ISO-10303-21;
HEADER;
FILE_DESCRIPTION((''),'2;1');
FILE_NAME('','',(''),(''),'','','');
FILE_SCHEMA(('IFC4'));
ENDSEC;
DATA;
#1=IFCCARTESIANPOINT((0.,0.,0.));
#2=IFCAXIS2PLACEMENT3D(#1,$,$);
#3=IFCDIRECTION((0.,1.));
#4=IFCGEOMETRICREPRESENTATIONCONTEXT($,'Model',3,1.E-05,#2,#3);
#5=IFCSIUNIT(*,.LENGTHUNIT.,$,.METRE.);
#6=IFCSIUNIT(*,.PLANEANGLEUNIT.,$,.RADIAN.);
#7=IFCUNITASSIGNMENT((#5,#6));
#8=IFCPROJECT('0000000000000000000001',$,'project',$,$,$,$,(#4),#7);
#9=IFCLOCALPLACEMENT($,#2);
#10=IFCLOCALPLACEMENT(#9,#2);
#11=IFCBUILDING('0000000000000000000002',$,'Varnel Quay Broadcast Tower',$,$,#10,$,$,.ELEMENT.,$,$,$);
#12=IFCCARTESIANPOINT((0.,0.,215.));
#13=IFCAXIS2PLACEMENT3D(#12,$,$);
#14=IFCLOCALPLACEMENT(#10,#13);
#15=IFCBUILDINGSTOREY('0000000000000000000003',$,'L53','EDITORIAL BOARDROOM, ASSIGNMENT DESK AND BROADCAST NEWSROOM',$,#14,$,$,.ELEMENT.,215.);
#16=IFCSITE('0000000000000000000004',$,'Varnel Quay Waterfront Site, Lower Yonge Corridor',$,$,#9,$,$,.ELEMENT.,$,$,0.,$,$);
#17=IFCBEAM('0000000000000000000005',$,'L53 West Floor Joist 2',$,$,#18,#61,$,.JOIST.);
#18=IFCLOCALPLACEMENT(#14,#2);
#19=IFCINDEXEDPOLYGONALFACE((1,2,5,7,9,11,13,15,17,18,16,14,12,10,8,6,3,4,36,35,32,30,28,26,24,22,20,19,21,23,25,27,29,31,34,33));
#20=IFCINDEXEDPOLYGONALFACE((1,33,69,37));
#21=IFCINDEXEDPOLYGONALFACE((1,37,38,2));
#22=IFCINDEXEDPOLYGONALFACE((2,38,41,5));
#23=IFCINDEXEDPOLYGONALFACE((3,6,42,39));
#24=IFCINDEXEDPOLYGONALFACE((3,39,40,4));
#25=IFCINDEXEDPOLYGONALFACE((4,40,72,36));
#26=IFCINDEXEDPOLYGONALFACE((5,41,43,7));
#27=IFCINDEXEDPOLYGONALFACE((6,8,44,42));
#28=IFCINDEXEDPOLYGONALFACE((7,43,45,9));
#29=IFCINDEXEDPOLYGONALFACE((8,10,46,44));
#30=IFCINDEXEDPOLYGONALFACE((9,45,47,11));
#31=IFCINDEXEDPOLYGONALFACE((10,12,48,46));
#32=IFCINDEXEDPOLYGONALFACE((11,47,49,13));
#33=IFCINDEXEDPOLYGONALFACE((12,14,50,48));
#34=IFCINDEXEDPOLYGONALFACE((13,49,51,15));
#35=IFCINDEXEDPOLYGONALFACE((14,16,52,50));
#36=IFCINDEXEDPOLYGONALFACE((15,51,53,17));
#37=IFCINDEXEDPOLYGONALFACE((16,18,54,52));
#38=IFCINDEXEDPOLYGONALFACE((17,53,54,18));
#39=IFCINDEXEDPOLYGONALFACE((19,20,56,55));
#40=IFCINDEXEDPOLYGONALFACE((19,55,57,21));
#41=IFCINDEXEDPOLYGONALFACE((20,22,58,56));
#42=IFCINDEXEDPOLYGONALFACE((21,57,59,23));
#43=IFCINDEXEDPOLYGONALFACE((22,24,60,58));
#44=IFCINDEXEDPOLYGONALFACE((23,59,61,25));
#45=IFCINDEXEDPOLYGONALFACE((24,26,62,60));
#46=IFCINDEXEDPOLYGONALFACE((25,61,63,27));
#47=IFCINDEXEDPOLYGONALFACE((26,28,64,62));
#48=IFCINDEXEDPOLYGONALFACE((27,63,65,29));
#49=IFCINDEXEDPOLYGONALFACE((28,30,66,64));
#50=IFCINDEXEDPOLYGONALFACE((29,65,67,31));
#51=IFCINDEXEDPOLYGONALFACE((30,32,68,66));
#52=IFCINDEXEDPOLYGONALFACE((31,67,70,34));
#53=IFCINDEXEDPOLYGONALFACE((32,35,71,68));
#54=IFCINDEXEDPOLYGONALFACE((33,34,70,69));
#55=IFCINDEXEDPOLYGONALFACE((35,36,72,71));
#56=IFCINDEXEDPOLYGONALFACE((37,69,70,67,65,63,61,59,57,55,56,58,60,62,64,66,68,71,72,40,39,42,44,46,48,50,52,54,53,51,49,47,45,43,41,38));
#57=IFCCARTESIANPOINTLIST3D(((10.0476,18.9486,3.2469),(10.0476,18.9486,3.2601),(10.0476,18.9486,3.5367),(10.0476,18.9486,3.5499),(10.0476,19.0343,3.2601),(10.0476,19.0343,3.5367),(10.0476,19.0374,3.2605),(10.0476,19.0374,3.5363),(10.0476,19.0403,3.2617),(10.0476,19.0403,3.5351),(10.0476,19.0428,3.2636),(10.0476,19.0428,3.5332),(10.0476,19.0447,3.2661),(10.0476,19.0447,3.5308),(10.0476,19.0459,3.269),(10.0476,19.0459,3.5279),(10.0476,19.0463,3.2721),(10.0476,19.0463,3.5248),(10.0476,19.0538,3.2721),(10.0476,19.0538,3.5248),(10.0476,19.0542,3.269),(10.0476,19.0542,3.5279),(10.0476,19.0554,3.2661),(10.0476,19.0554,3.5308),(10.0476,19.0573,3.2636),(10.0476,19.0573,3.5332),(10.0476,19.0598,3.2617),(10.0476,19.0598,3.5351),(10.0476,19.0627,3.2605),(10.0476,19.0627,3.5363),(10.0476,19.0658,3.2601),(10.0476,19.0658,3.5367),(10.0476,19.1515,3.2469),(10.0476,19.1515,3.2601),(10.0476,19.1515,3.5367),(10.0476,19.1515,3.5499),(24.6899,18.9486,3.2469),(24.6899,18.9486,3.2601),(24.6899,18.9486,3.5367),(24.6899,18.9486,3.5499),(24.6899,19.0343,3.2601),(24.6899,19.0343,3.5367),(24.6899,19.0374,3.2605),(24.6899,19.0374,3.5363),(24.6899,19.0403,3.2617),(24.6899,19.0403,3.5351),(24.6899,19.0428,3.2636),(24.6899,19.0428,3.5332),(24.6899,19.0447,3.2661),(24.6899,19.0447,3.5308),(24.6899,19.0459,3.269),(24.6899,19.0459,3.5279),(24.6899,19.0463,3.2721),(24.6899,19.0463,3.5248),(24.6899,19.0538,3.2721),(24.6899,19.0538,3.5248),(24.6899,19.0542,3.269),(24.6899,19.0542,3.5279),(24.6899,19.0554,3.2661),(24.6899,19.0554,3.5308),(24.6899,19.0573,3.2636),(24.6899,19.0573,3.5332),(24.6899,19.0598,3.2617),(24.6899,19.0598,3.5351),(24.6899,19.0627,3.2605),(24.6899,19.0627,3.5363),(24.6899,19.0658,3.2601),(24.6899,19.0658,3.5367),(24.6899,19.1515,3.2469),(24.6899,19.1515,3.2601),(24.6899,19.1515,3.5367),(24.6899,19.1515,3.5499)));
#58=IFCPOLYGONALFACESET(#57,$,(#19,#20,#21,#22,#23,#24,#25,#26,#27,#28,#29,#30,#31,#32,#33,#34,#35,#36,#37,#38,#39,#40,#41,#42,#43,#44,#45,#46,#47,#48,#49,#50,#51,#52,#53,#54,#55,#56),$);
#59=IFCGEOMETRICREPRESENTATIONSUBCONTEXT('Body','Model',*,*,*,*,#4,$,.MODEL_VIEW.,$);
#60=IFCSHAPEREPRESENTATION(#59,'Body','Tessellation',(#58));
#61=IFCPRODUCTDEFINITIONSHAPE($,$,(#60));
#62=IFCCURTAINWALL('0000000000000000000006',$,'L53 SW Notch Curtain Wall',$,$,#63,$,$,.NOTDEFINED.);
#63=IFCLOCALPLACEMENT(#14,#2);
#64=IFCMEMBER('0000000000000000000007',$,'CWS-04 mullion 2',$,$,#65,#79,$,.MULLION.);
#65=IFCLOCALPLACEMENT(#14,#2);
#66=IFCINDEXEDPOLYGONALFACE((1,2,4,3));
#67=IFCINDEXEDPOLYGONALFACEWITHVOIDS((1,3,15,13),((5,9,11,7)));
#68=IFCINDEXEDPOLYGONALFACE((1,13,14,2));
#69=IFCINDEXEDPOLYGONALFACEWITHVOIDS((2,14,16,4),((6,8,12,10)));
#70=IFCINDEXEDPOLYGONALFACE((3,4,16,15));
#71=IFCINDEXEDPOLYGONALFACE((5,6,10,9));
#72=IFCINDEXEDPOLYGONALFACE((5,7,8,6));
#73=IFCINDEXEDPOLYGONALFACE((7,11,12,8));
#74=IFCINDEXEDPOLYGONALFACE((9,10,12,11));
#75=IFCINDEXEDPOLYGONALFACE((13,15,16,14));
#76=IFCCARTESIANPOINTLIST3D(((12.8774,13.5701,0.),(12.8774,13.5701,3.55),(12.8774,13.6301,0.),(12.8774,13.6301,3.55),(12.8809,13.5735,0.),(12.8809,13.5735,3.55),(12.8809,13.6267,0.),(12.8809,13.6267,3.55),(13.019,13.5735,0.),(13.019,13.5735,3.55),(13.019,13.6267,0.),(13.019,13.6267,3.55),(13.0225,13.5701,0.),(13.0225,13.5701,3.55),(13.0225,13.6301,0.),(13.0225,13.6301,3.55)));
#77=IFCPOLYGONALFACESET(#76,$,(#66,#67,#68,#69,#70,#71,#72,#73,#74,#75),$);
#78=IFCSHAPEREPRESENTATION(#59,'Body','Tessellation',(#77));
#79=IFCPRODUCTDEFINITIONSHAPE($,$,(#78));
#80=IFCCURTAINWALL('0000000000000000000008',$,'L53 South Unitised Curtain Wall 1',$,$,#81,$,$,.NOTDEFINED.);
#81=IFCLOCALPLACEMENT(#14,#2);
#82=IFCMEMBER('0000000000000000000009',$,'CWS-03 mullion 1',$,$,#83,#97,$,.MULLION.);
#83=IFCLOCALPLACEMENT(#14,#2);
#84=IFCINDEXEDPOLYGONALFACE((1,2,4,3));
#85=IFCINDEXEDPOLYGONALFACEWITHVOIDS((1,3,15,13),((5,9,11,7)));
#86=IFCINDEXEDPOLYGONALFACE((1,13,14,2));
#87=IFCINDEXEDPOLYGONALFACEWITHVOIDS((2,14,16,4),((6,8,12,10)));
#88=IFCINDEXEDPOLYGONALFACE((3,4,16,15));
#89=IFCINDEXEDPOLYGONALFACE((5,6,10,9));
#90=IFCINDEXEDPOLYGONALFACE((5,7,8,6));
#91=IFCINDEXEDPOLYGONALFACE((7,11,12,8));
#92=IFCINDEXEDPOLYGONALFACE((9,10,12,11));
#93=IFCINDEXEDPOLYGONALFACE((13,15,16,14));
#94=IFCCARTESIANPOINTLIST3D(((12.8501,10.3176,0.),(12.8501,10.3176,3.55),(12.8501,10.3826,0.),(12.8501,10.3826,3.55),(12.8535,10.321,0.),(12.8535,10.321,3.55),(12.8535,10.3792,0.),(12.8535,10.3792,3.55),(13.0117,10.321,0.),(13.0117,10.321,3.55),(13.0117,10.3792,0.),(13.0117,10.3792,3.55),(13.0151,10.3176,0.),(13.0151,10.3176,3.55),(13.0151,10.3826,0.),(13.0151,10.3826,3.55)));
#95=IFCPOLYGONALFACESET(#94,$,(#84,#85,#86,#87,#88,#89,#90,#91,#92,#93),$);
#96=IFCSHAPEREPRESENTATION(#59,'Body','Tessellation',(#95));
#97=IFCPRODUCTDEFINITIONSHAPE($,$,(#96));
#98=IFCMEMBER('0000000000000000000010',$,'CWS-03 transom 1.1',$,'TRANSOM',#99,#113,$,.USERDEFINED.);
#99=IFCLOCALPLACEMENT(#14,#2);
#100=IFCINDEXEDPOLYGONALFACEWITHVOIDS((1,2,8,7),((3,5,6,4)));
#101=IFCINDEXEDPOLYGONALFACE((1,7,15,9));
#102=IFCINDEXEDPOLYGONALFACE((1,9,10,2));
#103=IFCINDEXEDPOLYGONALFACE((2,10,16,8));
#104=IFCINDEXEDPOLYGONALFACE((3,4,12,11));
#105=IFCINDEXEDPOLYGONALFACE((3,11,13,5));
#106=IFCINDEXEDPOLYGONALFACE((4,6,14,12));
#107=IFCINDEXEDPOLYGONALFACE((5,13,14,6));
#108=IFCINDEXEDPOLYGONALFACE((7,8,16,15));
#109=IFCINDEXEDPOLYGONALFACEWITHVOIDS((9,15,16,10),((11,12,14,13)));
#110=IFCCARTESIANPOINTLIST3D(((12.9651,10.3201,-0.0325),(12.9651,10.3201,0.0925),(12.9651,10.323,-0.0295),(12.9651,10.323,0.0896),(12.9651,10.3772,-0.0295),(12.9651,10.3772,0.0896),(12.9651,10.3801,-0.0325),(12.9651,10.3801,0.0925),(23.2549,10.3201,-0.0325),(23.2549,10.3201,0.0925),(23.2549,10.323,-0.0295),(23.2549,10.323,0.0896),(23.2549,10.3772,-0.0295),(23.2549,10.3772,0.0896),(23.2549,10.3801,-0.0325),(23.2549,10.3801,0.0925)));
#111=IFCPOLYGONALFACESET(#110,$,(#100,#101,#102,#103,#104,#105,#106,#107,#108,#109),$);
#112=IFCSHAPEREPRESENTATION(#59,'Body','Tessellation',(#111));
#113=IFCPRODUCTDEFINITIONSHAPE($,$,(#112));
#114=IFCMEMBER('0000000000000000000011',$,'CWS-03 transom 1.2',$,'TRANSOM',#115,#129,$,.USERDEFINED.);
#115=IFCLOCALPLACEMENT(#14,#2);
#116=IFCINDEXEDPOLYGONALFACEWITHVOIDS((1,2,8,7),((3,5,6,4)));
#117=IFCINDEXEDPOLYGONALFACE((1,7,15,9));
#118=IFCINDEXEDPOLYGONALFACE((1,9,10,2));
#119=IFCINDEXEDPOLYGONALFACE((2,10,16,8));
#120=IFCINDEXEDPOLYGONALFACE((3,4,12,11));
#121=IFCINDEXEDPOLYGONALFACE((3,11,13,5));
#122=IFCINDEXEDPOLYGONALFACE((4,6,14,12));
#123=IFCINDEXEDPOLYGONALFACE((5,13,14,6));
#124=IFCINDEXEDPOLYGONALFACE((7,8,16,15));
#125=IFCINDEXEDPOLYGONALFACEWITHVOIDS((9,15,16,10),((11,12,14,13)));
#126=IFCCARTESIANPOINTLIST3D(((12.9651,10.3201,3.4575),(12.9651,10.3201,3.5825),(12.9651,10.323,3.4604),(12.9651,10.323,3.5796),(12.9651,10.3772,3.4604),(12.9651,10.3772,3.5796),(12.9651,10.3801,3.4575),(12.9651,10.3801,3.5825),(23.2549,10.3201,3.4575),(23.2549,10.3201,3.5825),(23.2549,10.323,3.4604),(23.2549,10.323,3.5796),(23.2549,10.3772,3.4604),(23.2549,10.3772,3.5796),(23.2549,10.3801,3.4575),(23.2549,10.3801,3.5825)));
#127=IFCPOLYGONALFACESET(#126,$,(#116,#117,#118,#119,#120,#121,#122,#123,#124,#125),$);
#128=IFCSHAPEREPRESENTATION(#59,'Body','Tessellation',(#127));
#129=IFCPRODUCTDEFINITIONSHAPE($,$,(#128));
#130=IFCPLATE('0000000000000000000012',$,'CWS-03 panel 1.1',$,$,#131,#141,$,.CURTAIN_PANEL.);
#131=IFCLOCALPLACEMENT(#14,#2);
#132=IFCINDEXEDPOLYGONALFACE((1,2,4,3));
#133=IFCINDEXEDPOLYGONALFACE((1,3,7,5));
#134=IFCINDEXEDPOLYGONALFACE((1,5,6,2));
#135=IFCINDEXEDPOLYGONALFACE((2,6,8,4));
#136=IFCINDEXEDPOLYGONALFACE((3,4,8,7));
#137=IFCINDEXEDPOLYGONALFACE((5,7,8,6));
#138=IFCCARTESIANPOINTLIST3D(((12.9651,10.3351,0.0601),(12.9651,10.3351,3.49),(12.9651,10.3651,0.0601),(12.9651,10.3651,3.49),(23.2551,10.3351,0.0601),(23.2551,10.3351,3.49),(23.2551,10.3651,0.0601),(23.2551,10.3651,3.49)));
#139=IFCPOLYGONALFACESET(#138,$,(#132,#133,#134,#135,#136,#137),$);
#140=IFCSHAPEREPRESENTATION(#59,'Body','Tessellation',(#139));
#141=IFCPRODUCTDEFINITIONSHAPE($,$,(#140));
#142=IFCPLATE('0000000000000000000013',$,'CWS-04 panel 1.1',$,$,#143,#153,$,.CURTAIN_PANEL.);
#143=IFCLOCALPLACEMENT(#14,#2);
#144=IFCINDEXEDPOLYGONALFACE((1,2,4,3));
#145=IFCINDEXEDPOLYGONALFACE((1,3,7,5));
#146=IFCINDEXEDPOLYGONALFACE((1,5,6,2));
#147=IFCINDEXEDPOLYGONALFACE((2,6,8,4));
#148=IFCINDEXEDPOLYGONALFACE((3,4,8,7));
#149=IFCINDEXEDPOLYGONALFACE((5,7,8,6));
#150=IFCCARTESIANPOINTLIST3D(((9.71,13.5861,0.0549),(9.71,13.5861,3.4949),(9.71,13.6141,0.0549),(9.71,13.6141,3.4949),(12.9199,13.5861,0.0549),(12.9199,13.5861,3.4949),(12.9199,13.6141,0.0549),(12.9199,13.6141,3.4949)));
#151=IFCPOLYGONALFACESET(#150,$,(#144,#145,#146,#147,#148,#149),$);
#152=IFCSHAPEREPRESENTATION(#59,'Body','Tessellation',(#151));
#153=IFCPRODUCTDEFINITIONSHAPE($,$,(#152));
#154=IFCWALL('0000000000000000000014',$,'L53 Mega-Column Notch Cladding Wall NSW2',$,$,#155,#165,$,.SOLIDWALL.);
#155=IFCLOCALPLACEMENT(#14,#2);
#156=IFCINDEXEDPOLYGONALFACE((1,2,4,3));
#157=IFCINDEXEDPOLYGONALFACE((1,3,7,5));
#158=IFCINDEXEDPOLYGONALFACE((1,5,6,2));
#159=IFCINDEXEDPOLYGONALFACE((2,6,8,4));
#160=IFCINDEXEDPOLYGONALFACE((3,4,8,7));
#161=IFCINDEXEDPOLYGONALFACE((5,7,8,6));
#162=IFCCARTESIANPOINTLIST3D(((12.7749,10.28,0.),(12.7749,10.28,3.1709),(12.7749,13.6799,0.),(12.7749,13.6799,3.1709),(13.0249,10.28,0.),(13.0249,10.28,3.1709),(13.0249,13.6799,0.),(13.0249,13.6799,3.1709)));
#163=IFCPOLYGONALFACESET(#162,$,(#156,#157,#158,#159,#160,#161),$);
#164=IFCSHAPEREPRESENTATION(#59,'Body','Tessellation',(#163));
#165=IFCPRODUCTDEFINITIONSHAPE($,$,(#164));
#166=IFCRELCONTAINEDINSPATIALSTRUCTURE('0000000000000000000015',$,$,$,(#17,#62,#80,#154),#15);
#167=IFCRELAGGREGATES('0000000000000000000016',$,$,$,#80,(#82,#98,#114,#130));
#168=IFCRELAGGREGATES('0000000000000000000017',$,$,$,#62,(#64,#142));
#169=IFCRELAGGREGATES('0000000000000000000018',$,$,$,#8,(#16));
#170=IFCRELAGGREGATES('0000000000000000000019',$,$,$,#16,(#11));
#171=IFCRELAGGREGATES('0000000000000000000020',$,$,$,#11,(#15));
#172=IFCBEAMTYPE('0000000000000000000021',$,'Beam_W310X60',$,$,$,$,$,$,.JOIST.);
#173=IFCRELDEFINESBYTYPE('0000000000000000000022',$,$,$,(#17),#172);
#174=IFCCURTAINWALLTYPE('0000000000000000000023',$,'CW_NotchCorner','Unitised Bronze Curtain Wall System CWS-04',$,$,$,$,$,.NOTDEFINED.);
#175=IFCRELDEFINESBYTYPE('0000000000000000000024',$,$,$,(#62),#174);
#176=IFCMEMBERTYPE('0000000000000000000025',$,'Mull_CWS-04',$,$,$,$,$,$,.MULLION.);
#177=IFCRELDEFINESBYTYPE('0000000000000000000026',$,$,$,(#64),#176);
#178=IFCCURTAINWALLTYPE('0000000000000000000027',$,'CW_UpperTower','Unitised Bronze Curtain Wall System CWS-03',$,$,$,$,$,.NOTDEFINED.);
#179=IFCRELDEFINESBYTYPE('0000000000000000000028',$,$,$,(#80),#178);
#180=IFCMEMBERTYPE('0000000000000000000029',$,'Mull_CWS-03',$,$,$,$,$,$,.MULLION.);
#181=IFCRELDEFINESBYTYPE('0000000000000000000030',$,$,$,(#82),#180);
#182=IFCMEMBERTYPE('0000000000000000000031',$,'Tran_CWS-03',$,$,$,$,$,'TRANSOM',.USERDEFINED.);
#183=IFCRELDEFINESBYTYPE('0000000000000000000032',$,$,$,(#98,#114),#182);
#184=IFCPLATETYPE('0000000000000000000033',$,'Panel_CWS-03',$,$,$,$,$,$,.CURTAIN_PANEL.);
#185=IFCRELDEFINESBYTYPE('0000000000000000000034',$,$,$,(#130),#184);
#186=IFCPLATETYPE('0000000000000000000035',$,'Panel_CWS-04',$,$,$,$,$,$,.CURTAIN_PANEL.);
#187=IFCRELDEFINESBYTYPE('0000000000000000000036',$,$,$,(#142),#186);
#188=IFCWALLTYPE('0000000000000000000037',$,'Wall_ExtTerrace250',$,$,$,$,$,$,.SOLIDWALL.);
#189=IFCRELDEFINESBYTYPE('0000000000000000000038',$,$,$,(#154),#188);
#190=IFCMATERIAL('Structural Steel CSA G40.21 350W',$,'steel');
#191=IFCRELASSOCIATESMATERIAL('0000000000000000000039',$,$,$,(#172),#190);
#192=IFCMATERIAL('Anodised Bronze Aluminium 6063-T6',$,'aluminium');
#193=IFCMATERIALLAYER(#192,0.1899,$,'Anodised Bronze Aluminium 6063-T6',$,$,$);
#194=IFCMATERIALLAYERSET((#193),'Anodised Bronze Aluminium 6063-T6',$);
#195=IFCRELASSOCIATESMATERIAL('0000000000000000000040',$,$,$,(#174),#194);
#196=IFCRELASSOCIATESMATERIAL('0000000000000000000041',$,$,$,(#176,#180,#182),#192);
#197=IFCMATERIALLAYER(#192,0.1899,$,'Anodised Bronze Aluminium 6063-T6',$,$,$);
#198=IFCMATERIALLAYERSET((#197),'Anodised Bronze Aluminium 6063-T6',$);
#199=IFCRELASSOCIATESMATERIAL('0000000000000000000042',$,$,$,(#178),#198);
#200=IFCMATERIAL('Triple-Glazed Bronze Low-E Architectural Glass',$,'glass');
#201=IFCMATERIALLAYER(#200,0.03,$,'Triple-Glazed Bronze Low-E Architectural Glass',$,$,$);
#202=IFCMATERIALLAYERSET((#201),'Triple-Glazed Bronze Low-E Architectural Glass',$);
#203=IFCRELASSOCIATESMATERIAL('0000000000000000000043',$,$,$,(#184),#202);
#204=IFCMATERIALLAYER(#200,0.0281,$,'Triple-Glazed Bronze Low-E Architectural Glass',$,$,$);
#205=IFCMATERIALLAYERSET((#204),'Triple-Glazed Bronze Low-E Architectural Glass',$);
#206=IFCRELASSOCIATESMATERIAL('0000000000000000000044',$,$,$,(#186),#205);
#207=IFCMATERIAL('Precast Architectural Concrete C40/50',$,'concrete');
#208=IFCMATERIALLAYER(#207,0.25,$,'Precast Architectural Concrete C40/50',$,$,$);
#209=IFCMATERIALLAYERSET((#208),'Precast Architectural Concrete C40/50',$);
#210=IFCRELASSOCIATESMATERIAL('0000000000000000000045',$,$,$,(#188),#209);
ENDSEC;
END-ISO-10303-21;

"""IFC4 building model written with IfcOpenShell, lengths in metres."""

from ifc_helpers import new_model, si_unit, direction, frame, frame_2d, origin, origin_2d, place, context, subcontext, project, spatial, rectangle, hollow_rectangle, i_section, extrude, source, transform, mapped, material, layer, layer_set, material_profile, profile_set, type_object, type_shapes, element, aggregate, save


model = new_model("IFC4")

# Units and contexts
model_context = context("Model", 3, precision=1e-05, world=origin(), true_north=direction((0.0, 1.0)))
body_context = subcontext(model_context, "Body", "Model", "MODEL_VIEW")
ifc_project = project(units=[si_unit("LENGTHUNIT", "METRE"), si_unit("PLANEANGLEUNIT", "RADIAN")], contexts=[model_context])

# Site, building, storey
site_placement = place(None, origin())
site = spatial("IfcSite", under=ifc_project, at=site_placement, Name="Varnel Quay Waterfront Site, Lower Yonge Corridor", CompositionType="ELEMENT", RefElevation=0.0)
building_placement = place(site_placement, origin())
building = spatial("IfcBuilding", under=site, at=building_placement, Name="Varnel Quay Broadcast Tower", CompositionType="ELEMENT")
storey_placement = place(building_placement, frame((0.0, 0.0, 215.0)))
storey = spatial("IfcBuildingStorey", under=building, at=storey_placement, Name="L53", Description="EDITORIAL BOARDROOM, ASSIGNMENT DESK AND BROADCAST NEWSROOM", CompositionType="ELEMENT", Elevation=215.0)

# Beam
ifc_material_1 = material(Name="Structural Steel CSA G40.21 350W", Category="steel")
ifc_material_profile_1 = material_profile(ifc_material_1, i_section(OverallWidth=0.2029, OverallDepth=0.303, WebThickness=0.0076, FlangeThickness=0.0132, FilletRadius=0.012, at=origin_2d()), Name="W310X60")
ifc_profile_set_1 = profile_set([ifc_material_profile_1], Name="Structural Steel CSA G40.21 350W")
beam_type_1 = type_object("IfcBeamType", Name="Beam_W310X60", PredefinedType="JOIST", material=ifc_profile_set_1)
shared_shape_1 = source(origin(), body_context, "Body", "SweptSolid", [
    extrude(i_section(OverallWidth=0.2029, OverallDepth=0.303, WebThickness=0.0076, FlangeThickness=0.0132, FilletRadius=0.012, at=origin_2d()), origin(), (0.0, 0.0, 1.0), 14.6423),
])
type_shapes(beam_type_1, [shared_shape_1])
beam_1_placement = place(storey_placement, frame((10.0476, 19.05, 3.3984), z_axis=(1.0, 0.0, 0.0), x_axis=(0.0, 1.0, 0.0)))
element("IfcBeam", 1, at=beam_1_placement, inside=storey, type_object=beam_type_1, Name="L53 West Floor Joist 2", PredefinedType="JOIST", context=body_context, shape_type="MappedRepresentation", body=[
    mapped(shared_shape_1, transform((0.0, 0.0, 0.0), x_axis=(1.0, 0.0, 0.0), y_axis=(0.0, 1.0, 0.0), z_axis=(0.0, 0.0, 1.0), scale=1.0)),
])

# Curtain wall, member
ifc_material_2 = material(Name="Anodised Bronze Aluminium 6063-T6", Category="aluminium")
ifc_layer_1 = layer(ifc_material_2, 0.1899, Name="Anodised Bronze Aluminium 6063-T6")
ifc_layer_set_1 = layer_set([ifc_layer_1], Name="Anodised Bronze Aluminium 6063-T6")
curtain_wall_type_1 = type_object("IfcCurtainWallType", Name="CW_NotchCorner", Description="Unitised Bronze Curtain Wall System CWS-04", PredefinedType="NOTDEFINED", material=ifc_layer_set_1)
curtain_wall_1_placement = place(storey_placement, origin())
curtain_wall_1 = element("IfcCurtainWall", 2, at=curtain_wall_1_placement, inside=storey, type_object=curtain_wall_type_1, Name="L53 SW Notch Curtain Wall", PredefinedType="NOTDEFINED")
ifc_material_profile_2 = material_profile(ifc_material_2, hollow_rectangle(XDim=0.0601, YDim=0.145, WallThickness=0.0034, at=origin_2d()), Name="ALU60X145X3.5")
ifc_profile_set_2 = profile_set([ifc_material_profile_2], Name="Anodised Bronze Aluminium 6063-T6")
member_type_1 = type_object("IfcMemberType", Name="Mull_CWS-04", PredefinedType="MULLION", material=ifc_profile_set_2)
shared_shape_2 = source(origin(), body_context, "Body", "SweptSolid", [
    extrude(hollow_rectangle(XDim=0.0601, YDim=0.145, WallThickness=0.0034, at=origin_2d()), origin(), (0.0, 0.0, 1.0), 3.55),
])
type_shapes(member_type_1, [shared_shape_2])
member_1_placement = place(storey_placement, frame((12.95, 13.6001, 0.0), z_axis=(0.0, 0.0, 1.0), x_axis=(0.0, 1.0, 0.0)))
member_1 = element("IfcMember", 3, at=member_1_placement, type_object=member_type_1, Name="CWS-04 mullion 2", PredefinedType="MULLION", context=body_context, shape_type="MappedRepresentation", body=[
    mapped(shared_shape_2, transform((0.0, 0.0, 0.0), x_axis=(1.0, 0.0, 0.0), y_axis=(0.0, 1.0, 0.0), z_axis=(0.0, 0.0, 1.0), scale=1.0)),
])

# Curtain wall, members, plate
ifc_layer_2 = layer(ifc_material_2, 0.1899, Name="Anodised Bronze Aluminium 6063-T6")
ifc_layer_set_2 = layer_set([ifc_layer_2], Name="Anodised Bronze Aluminium 6063-T6")
curtain_wall_type_2 = type_object("IfcCurtainWallType", Name="CW_UpperTower", Description="Unitised Bronze Curtain Wall System CWS-03", PredefinedType="NOTDEFINED", material=ifc_layer_set_2)
curtain_wall_2_placement = place(storey_placement, origin())
curtain_wall_2 = element("IfcCurtainWall", 4, at=curtain_wall_2_placement, inside=storey, type_object=curtain_wall_type_2, Name="L53 South Unitised Curtain Wall 1", PredefinedType="NOTDEFINED")
ifc_material_profile_3 = material_profile(ifc_material_2, hollow_rectangle(XDim=0.0649, YDim=0.165, WallThickness=0.0034, at=origin_2d()), Name="ALU65X165X3.5")
ifc_profile_set_3 = profile_set([ifc_material_profile_3], Name="Anodised Bronze Aluminium 6063-T6")
member_type_2 = type_object("IfcMemberType", Name="Mull_CWS-03", PredefinedType="MULLION", material=ifc_profile_set_3)
shared_shape_3 = source(origin(), body_context, "Body", "SweptSolid", [
    extrude(hollow_rectangle(XDim=0.0649, YDim=0.165, WallThickness=0.0034, at=origin_2d()), origin(), (0.0, 0.0, 1.0), 3.55),
])
type_shapes(member_type_2, [shared_shape_3])
member_2_placement = place(storey_placement, frame((12.9326, 10.3501, 0.0), z_axis=(0.0, 0.0, 1.0), x_axis=(0.0, 1.0, 0.0)))
member_2 = element("IfcMember", 5, at=member_2_placement, type_object=member_type_2, Name="CWS-03 mullion 1", PredefinedType="MULLION", context=body_context, shape_type="MappedRepresentation", body=[
    mapped(shared_shape_3, transform((0.0, 0.0, 0.0), x_axis=(1.0, 0.0, 0.0), y_axis=(0.0, 1.0, 0.0), z_axis=(0.0, 0.0, 1.0), scale=1.0)),
])
ifc_material_profile_4 = material_profile(ifc_material_2, hollow_rectangle(XDim=0.0601, YDim=0.125, WallThickness=0.0029, at=origin_2d()), Name="ALU60X125X3")
ifc_profile_set_4 = profile_set([ifc_material_profile_4], Name="Anodised Bronze Aluminium 6063-T6")
member_type_3 = type_object("IfcMemberType", Name="Tran_CWS-03", ElementType="TRANSOM", PredefinedType="USERDEFINED", material=ifc_profile_set_4)
shared_shape_4 = source(origin(), body_context, "Body", "SweptSolid", [
    extrude(hollow_rectangle(XDim=0.0601, YDim=0.125, WallThickness=0.0029, at=origin_2d()), origin(), (0.0, 0.0, 1.0), 10.2898),
])
type_shapes(member_type_3, [shared_shape_4])
member_3_placement = place(storey_placement, frame((12.9651, 10.3501, 0.03), z_axis=(1.0, 0.0, 0.0), x_axis=(0.0, 1.0, 0.0)))
member_3 = element("IfcMember", 6, at=member_3_placement, type_object=member_type_3, Name="CWS-03 transom 1.1", ObjectType="TRANSOM", PredefinedType="USERDEFINED", context=body_context, shape_type="MappedRepresentation", body=[
    mapped(shared_shape_4, transform((0.0, 0.0, 0.0), x_axis=(1.0, 0.0, 0.0), y_axis=(0.0, 1.0, 0.0), z_axis=(0.0, 0.0, 1.0), scale=1.0)),
])
member_4_placement = place(storey_placement, frame((12.9651, 10.3501, 3.52), z_axis=(1.0, 0.0, 0.0), x_axis=(0.0, 1.0, 0.0)))
member_4 = element("IfcMember", 7, at=member_4_placement, type_object=member_type_3, Name="CWS-03 transom 1.2", ObjectType="TRANSOM", PredefinedType="USERDEFINED", context=body_context, shape_type="MappedRepresentation", body=[
    mapped(shared_shape_4, transform((0.0, 0.0, 0.0), x_axis=(1.0, 0.0, 0.0), y_axis=(0.0, 1.0, 0.0), z_axis=(0.0, 0.0, 1.0), scale=1.0)),
])
ifc_material_3 = material(Name="Triple-Glazed Bronze Low-E Architectural Glass", Category="glass")
ifc_layer_3 = layer(ifc_material_3, 0.03, Name="Triple-Glazed Bronze Low-E Architectural Glass")
ifc_layer_set_3 = layer_set([ifc_layer_3], Name="Triple-Glazed Bronze Low-E Architectural Glass")
plate_type_1 = type_object("IfcPlateType", Name="Panel_CWS-03", PredefinedType="CURTAIN_PANEL", material=ifc_layer_set_3)
shared_shape_5 = source(origin(), body_context, "Body", "SweptSolid", [
    extrude(rectangle(XDim=10.29, YDim=0.03, at=origin_2d()), origin(), (0.0, 0.0, 1.0), 3.4299),
])
type_shapes(plate_type_1, [shared_shape_5])
plate_1_placement = place(storey_placement, frame((18.1101, 10.3501, 0.0601), z_axis=(0.0, 0.0, 1.0), x_axis=(1.0, 0.0, 0.0)))
plate_1 = element("IfcPlate", 8, at=plate_1_placement, type_object=plate_type_1, Name="CWS-03 panel 1.1", PredefinedType="CURTAIN_PANEL", context=body_context, shape_type="MappedRepresentation", body=[
    mapped(shared_shape_5, transform((0.0, 0.0, 0.0), x_axis=(1.0, 0.0, 0.0), y_axis=(0.0, 1.0, 0.0), z_axis=(0.0, 0.0, 1.0), scale=1.0)),
])
aggregate(curtain_wall_2, [member_2, member_3, member_4, plate_1])

# Plate
ifc_layer_4 = layer(ifc_material_3, 0.0281, Name="Triple-Glazed Bronze Low-E Architectural Glass")
ifc_layer_set_4 = layer_set([ifc_layer_4], Name="Triple-Glazed Bronze Low-E Architectural Glass")
plate_type_2 = type_object("IfcPlateType", Name="Panel_CWS-04", PredefinedType="CURTAIN_PANEL", material=ifc_layer_set_4)
shared_shape_6 = source(origin(), body_context, "Body", "SweptSolid", [
    extrude(rectangle(XDim=3.21, YDim=0.0281, at=origin_2d()), origin(), (0.0, 0.0, 1.0), 3.4399),
])
type_shapes(plate_type_2, [shared_shape_6])
plate_2_placement = place(storey_placement, frame((11.3149, 13.6001, 0.0549), z_axis=(0.0, 0.0, 1.0), x_axis=(1.0, 0.0, 0.0)))
plate_2 = element("IfcPlate", 9, at=plate_2_placement, type_object=plate_type_2, Name="CWS-04 panel 1.1", PredefinedType="CURTAIN_PANEL", context=body_context, shape_type="MappedRepresentation", body=[
    mapped(shared_shape_6, transform((0.0, 0.0, 0.0), x_axis=(1.0, 0.0, 0.0), y_axis=(0.0, 1.0, 0.0), z_axis=(0.0, 0.0, 1.0), scale=1.0)),
])
aggregate(curtain_wall_1, [member_1, plate_2])

# Wall
ifc_material_4 = material(Name="Precast Architectural Concrete C40/50", Category="concrete")
ifc_layer_5 = layer(ifc_material_4, 0.25, Name="Precast Architectural Concrete C40/50")
ifc_layer_set_5 = layer_set([ifc_layer_5], Name="Precast Architectural Concrete C40/50")
wall_type = type_object("IfcWallType", Name="Wall_ExtTerrace250", PredefinedType="SOLIDWALL", material=ifc_layer_set_5)
wall_placement = place(storey_placement, frame((12.8999, 10.28, 0.0), z_axis=(0.0, 0.0, 1.0), x_axis=(0.0, 1.0, 0.0)))
element("IfcWall", 10, at=wall_placement, inside=storey, type_object=wall_type, Name="L53 Mega-Column Notch Cladding Wall NSW2", PredefinedType="SOLIDWALL", context=body_context, shape_type="SweptSolid", body=[
    extrude(rectangle(XDim=3.3999, YDim=0.25, at=frame_2d((1.7, 0.0))), origin(), (0.0, 0.0, 1.0), 3.1709),
])

save(model, "model.ifc")
